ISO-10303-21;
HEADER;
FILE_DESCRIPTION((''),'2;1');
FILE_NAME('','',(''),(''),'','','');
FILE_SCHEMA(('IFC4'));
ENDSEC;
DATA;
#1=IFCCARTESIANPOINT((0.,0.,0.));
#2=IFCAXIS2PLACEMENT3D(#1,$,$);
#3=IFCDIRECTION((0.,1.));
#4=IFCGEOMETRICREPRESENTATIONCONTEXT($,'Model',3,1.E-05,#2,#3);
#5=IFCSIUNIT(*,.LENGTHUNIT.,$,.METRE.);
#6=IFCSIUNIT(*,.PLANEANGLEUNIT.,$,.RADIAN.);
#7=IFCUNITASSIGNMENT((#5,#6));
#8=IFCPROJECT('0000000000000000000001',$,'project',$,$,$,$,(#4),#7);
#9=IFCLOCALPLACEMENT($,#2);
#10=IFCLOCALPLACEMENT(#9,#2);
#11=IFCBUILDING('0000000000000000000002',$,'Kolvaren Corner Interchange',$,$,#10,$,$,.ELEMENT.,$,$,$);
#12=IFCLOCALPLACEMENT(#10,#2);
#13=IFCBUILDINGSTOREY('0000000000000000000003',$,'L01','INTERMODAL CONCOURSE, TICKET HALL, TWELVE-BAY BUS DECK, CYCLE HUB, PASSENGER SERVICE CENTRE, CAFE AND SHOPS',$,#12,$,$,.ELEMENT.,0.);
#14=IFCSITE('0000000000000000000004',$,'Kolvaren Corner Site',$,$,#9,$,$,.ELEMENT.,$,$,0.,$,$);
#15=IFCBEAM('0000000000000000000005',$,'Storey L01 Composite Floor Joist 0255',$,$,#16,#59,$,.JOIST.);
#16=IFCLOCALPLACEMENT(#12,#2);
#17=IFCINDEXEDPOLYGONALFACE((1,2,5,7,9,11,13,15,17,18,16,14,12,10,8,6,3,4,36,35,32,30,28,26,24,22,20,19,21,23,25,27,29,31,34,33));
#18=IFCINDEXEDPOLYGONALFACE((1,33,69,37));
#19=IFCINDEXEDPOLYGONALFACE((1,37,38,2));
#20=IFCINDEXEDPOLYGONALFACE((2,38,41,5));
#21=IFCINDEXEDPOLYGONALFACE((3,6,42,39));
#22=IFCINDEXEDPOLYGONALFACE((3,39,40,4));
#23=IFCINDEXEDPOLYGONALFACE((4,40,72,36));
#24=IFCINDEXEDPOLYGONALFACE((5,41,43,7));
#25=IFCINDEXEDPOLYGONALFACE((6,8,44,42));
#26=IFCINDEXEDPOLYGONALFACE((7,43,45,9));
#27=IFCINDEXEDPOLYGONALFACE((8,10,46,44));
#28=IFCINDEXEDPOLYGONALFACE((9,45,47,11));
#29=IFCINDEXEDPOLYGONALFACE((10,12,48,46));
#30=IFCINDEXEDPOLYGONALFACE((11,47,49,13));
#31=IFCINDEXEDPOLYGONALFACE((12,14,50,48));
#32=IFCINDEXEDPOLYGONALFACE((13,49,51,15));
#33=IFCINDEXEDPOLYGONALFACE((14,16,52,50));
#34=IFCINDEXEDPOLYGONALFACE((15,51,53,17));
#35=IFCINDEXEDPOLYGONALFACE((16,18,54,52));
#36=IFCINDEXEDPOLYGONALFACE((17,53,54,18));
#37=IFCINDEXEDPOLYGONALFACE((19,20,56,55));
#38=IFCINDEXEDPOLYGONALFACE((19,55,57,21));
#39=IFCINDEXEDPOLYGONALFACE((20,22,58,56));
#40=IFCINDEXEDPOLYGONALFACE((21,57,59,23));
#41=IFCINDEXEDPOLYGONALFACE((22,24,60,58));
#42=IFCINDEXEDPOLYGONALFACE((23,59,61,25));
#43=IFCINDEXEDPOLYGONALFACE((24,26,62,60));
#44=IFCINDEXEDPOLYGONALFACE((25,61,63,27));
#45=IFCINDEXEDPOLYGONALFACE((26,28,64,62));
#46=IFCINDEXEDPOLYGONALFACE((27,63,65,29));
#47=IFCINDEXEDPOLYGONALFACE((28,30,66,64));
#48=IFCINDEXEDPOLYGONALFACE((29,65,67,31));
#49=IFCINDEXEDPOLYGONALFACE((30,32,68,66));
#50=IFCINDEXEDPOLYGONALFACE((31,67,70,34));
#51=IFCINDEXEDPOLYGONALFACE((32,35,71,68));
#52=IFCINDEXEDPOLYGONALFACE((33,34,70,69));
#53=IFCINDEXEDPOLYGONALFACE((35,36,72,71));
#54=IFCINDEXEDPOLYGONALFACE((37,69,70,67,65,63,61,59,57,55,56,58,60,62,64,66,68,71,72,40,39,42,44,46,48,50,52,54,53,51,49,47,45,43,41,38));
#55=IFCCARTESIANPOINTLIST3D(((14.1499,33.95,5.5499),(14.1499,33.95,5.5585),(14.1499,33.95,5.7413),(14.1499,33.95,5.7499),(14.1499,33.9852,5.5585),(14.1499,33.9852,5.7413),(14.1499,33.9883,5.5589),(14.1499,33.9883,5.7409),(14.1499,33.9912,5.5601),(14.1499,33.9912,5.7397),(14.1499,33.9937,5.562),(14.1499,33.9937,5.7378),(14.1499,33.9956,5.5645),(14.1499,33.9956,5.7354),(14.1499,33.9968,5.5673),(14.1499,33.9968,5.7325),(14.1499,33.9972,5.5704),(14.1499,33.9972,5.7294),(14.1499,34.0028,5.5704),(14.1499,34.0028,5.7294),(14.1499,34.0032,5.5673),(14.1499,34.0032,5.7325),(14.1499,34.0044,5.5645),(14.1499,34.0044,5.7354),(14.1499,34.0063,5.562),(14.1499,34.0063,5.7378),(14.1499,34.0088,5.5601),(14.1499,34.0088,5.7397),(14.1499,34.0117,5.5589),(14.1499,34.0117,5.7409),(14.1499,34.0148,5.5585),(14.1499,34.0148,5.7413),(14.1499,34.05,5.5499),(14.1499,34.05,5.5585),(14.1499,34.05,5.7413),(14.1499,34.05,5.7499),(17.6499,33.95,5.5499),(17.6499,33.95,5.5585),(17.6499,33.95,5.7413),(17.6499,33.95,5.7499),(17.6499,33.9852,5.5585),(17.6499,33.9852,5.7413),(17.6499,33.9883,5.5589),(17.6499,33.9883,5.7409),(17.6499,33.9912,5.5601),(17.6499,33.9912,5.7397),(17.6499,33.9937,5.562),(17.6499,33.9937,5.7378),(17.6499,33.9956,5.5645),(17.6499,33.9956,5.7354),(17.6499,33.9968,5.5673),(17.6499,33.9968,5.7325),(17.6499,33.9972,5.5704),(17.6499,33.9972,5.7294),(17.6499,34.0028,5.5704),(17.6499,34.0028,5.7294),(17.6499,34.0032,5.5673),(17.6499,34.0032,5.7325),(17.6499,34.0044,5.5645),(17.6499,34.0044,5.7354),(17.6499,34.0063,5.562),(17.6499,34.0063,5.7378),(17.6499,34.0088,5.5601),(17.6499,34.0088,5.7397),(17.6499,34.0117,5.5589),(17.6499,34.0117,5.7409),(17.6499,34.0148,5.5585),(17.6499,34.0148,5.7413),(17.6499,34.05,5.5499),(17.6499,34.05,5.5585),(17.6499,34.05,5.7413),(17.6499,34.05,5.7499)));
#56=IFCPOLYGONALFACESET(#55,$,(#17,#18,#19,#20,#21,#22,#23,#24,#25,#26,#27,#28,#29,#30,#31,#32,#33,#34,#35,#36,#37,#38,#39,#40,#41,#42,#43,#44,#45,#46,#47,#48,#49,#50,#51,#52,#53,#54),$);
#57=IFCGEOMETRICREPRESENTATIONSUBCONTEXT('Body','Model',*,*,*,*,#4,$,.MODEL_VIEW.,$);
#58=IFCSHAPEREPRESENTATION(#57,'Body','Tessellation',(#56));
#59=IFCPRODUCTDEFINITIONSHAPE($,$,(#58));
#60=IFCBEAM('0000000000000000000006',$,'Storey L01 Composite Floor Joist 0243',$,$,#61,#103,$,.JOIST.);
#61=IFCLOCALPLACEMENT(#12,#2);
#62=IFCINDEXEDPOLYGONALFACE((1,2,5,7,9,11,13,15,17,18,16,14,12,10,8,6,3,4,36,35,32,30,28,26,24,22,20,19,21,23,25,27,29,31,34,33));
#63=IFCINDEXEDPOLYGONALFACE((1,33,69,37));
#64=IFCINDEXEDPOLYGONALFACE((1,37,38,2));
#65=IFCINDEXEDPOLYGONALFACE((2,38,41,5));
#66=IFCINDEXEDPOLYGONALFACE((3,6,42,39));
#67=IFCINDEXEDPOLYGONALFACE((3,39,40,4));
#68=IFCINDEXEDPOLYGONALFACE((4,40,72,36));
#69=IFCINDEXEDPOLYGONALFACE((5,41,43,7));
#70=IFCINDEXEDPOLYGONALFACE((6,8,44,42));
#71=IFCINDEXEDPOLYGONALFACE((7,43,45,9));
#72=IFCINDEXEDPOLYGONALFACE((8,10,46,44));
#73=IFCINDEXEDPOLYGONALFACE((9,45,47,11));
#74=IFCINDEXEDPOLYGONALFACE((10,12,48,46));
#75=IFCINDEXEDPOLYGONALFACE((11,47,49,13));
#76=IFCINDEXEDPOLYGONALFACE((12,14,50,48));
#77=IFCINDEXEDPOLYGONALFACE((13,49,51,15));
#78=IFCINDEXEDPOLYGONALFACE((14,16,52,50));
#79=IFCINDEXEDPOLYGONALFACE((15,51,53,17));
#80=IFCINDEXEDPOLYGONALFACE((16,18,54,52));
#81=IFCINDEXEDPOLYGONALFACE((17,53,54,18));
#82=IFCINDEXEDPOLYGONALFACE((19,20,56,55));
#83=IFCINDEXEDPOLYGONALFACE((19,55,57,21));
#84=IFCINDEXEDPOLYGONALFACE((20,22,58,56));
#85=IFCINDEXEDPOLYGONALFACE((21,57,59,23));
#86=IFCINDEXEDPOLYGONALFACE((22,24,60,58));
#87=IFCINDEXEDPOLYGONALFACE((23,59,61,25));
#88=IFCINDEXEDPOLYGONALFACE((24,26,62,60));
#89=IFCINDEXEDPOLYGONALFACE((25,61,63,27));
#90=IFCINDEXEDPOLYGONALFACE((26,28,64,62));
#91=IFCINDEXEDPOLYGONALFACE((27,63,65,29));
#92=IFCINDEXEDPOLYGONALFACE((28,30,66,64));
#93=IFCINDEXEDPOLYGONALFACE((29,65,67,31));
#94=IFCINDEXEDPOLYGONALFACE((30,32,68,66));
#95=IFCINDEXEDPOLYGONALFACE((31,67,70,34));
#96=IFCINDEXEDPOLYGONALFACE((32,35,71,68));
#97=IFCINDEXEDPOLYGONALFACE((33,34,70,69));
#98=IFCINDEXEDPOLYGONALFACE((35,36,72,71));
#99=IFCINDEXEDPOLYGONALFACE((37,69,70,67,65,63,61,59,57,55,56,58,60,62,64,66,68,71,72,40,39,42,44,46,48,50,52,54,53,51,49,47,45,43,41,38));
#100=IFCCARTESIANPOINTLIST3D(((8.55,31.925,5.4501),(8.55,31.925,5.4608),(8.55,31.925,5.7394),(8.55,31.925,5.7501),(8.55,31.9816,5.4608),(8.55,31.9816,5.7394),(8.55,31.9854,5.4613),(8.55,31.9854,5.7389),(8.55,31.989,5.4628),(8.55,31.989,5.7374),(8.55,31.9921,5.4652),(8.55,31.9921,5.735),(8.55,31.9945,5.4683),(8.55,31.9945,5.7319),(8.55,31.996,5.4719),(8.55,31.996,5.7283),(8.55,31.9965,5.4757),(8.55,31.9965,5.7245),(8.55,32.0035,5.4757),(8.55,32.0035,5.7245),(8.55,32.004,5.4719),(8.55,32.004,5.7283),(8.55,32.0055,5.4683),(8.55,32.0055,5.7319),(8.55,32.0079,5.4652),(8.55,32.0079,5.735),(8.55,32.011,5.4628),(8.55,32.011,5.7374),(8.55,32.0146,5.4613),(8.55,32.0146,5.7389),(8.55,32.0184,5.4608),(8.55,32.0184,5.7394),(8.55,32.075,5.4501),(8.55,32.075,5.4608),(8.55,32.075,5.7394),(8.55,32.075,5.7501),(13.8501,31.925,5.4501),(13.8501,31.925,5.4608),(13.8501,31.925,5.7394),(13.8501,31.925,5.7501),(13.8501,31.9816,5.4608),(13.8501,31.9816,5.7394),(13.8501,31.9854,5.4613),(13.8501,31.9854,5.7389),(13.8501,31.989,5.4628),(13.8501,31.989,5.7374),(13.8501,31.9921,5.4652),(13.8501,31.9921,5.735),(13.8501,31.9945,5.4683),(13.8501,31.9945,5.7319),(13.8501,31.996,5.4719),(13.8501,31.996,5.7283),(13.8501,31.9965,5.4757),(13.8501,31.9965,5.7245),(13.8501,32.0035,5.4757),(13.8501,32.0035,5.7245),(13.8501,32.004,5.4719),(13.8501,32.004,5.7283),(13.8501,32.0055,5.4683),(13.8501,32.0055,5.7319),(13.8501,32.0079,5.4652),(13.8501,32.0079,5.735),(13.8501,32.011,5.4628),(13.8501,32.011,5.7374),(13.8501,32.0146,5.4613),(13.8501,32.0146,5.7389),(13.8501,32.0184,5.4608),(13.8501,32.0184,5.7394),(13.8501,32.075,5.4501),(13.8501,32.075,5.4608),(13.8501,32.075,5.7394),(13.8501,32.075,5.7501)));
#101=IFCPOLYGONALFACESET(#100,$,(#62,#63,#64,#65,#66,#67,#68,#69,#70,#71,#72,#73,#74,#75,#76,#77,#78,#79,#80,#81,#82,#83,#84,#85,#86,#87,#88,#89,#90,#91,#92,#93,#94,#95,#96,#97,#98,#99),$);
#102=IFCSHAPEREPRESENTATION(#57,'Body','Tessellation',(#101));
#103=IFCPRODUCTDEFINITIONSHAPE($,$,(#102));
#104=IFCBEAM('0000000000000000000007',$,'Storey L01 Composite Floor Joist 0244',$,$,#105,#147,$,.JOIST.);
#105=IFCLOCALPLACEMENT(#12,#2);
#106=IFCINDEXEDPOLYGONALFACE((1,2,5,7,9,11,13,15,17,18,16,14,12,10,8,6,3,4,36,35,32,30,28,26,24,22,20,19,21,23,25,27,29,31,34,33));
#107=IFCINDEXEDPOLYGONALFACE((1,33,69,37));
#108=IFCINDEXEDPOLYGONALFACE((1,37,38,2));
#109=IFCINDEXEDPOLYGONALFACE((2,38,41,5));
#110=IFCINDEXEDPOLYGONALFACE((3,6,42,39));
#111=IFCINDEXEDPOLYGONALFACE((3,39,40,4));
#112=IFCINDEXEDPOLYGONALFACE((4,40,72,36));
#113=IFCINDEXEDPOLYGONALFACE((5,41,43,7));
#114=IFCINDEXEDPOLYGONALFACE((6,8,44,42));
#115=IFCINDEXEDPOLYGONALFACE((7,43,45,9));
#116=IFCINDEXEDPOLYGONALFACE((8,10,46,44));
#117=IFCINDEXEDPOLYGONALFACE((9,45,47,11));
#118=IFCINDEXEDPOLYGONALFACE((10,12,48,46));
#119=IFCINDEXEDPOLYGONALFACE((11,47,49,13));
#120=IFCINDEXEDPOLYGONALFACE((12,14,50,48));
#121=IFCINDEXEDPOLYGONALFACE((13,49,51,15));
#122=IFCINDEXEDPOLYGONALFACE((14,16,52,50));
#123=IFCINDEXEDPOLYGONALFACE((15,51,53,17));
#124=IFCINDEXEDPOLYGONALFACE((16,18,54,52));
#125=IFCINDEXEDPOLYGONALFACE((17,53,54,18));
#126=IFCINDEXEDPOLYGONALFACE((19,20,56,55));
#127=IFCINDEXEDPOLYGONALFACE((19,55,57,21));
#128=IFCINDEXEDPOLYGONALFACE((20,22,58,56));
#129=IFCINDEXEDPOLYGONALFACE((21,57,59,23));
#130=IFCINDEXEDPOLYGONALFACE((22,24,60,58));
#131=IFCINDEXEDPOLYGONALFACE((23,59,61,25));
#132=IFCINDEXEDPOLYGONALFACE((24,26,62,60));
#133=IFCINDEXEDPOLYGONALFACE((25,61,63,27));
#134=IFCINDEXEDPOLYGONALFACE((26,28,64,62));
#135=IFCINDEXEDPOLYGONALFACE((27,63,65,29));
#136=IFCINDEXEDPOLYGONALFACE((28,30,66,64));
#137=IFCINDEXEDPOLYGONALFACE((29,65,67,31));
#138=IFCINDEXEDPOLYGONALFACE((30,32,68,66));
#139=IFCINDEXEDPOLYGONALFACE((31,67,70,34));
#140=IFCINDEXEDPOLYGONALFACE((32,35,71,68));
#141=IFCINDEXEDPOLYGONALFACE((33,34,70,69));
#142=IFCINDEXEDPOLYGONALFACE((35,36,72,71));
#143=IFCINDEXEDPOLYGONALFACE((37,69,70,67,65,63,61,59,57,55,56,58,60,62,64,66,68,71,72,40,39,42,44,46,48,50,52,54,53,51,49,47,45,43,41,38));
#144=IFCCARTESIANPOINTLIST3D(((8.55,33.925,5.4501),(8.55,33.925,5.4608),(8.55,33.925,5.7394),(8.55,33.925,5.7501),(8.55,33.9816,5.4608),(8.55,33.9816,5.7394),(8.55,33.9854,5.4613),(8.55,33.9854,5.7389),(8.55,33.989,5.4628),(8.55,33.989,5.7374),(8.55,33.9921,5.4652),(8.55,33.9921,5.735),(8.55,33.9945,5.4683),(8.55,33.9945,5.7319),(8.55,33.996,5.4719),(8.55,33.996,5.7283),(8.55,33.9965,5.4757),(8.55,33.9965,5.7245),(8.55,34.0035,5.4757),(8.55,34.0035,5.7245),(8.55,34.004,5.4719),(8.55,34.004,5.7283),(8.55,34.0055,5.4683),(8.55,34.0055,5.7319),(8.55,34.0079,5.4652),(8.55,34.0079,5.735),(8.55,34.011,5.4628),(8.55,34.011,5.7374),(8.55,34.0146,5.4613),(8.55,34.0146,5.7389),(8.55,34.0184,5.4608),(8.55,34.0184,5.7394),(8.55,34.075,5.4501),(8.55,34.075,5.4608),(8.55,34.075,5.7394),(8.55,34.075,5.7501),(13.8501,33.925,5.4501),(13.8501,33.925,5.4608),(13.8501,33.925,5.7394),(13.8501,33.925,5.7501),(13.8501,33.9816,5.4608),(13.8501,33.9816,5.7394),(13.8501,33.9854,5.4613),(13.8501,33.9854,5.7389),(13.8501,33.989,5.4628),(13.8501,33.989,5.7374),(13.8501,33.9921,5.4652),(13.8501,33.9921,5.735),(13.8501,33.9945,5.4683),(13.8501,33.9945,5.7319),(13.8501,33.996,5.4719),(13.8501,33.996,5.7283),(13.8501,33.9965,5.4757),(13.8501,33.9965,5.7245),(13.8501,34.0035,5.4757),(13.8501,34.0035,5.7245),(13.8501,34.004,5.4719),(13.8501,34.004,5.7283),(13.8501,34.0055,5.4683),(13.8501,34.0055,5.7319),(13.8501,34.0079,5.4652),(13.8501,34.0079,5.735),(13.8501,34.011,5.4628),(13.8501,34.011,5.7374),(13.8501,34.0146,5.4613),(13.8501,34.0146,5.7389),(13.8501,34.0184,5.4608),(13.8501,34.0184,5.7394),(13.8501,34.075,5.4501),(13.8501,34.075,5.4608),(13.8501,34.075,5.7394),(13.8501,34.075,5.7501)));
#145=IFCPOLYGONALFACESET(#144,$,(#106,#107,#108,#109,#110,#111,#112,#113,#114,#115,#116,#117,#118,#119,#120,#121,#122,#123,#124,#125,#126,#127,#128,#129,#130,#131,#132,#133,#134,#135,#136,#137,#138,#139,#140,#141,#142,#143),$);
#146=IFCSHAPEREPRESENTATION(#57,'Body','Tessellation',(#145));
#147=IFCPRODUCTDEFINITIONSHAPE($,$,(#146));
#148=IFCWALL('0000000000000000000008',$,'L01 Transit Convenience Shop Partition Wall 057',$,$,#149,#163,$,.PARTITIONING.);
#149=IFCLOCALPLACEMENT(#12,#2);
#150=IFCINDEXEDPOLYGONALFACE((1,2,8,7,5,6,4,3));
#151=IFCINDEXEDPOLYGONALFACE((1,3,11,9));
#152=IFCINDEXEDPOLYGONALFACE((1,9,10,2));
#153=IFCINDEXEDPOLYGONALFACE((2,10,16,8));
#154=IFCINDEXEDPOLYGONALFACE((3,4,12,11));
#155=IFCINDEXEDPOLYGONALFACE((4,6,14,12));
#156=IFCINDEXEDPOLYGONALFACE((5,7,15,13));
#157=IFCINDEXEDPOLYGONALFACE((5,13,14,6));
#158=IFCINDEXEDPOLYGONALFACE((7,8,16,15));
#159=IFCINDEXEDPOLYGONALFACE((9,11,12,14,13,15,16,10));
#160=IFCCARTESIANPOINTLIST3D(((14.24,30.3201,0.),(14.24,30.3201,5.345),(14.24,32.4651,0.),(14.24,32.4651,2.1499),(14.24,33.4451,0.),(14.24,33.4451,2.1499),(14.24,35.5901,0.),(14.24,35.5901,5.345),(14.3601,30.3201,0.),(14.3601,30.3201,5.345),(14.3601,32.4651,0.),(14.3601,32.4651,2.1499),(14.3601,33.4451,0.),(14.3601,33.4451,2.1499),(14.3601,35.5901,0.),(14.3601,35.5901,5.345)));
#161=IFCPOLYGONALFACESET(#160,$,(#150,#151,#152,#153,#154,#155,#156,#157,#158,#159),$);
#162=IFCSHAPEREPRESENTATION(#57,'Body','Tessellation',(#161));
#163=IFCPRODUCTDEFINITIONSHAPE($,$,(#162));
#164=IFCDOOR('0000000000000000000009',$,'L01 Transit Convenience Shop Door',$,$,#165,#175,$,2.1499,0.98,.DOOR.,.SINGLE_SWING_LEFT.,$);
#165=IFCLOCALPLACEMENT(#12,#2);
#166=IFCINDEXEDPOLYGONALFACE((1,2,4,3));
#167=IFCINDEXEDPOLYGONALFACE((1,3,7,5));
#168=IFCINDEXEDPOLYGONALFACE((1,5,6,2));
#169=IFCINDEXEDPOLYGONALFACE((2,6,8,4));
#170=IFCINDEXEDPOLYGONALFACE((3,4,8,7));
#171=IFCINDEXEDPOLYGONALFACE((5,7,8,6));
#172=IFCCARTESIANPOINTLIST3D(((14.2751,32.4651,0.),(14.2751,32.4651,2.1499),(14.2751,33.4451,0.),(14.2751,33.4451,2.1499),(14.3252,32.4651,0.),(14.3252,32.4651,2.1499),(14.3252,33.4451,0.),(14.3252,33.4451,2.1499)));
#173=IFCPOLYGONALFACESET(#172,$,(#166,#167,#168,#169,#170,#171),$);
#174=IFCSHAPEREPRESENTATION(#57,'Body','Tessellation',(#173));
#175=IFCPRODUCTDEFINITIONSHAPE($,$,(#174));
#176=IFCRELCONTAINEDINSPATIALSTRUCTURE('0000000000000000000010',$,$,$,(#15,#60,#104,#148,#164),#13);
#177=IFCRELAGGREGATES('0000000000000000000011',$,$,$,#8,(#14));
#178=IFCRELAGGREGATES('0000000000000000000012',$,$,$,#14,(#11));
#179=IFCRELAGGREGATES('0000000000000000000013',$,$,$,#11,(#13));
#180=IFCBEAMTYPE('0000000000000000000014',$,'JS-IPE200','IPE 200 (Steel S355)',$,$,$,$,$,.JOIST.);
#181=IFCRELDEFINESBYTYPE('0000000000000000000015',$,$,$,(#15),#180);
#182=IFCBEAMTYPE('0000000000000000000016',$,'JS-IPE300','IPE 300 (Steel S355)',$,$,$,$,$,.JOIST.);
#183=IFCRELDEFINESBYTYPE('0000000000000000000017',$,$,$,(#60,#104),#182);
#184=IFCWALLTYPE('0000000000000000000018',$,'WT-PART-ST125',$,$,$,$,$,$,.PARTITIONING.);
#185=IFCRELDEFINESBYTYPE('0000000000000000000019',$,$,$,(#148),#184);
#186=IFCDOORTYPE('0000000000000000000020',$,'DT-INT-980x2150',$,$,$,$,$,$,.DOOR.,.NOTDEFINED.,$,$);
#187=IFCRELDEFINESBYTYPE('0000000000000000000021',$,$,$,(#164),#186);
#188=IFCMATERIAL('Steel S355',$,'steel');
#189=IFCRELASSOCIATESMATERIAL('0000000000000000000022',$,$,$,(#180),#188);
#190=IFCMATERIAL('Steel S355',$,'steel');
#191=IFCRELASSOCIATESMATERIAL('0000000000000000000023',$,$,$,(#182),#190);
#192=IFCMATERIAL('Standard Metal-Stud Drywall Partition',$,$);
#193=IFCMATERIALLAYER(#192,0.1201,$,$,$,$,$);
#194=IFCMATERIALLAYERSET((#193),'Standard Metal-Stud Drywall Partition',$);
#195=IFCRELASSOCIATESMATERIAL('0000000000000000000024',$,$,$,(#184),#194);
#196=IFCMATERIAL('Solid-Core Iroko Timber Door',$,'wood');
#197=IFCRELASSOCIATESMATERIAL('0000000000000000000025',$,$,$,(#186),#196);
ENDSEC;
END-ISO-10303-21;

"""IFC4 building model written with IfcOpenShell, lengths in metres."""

from ifc_helpers import new_model, si_unit, direction, frame, frame_2d, origin, origin_2d, place, context, subcontext, project, spatial, rectangle, i_section, extrude, material, layer, layer_set, material_profile, profile_set, type_object, element, fill, save


model = new_model("IFC4")

# Units and contexts
model_context = context("Model", 3, precision=1e-05, world=origin(), true_north=direction((0.0, 1.0)))
body_context = subcontext(model_context, "Body", "Model", "MODEL_VIEW")
ifc_project = project(units=[si_unit("LENGTHUNIT", "METRE"), si_unit("PLANEANGLEUNIT", "RADIAN")], contexts=[model_context])

# Site, building, storey
site_placement = place(None, origin())
site = spatial("IfcSite", under=ifc_project, at=site_placement, Name="Kolvaren Corner Site", CompositionType="ELEMENT", RefElevation=0.0)
building_placement = place(site_placement, origin())
building = spatial("IfcBuilding", under=site, at=building_placement, Name="Kolvaren Corner Interchange", CompositionType="ELEMENT")
storey_placement = place(building_placement, origin())
storey = spatial("IfcBuildingStorey", under=building, at=storey_placement, Name="L01", Description="INTERMODAL CONCOURSE, TICKET HALL, TWELVE-BAY BUS DECK, CYCLE HUB, PASSENGER SERVICE CENTRE, CAFE AND SHOPS", CompositionType="ELEMENT", Elevation=0.0)

# Beams
ifc_material_1 = material(Name="Steel S355", Category="steel")
ifc_material_profile_1 = material_profile(ifc_material_1, i_section(OverallWidth=0.1001, OverallDepth=0.2, WebThickness=0.0056, FlangeThickness=0.0085, FilletRadius=0.012, at=origin_2d()), Name="IPE 200")
ifc_profile_set_1 = profile_set([ifc_material_profile_1], Name="Steel S355")
beam_type_1 = type_object("IfcBeamType", Name="JS-IPE200", Description="IPE 200 (Steel S355)", PredefinedType="JOIST", material=ifc_profile_set_1)
for number, where, z_axis, x_axis, name in (
    (1, (14.1499, 34.0, 5.6499), (1.0, 0.0, 0.0), (0.0, 1.0, 0.0), "Storey L01 Composite Floor Joist 0255"),
):
    element("IfcBeam", number, at=place(storey_placement, frame(where, z_axis=z_axis, x_axis=x_axis)), inside=storey, type_object=beam_type_1, Name=name, PredefinedType="JOIST", context=body_context, shape_type="SweptSolid", body=[
        extrude(i_section(OverallWidth=0.1001, OverallDepth=0.2, WebThickness=0.0056, FlangeThickness=0.0085, FilletRadius=0.012, at=origin_2d()), origin(), (0.0, 0.0, 1.0), 3.5),
    ])
ifc_material_2 = material(Name="Steel S355", Category="steel")
ifc_material_profile_2 = material_profile(ifc_material_2, i_section(OverallWidth=0.1499, OverallDepth=0.3, WebThickness=0.0071, FlangeThickness=0.0107, FilletRadius=0.0149, at=origin_2d()), Name="IPE 300")
ifc_profile_set_2 = profile_set([ifc_material_profile_2], Name="Steel S355")
beam_type_2 = type_object("IfcBeamType", Name="JS-IPE300", Description="IPE 300 (Steel S355)", PredefinedType="JOIST", material=ifc_profile_set_2)
for number, where, z_axis, x_axis, name in (
    (2, (8.55, 32.0, 5.6001), (1.0, 0.0, 0.0), (0.0, 1.0, 0.0), "Storey L01 Composite Floor Joist 0243"),
    (3, (8.55, 34.0, 5.6001), (1.0, 0.0, 0.0), (0.0, 1.0, 0.0), "Storey L01 Composite Floor Joist 0244"),
):
    element("IfcBeam", number, at=place(storey_placement, frame(where, z_axis=z_axis, x_axis=x_axis)), inside=storey, type_object=beam_type_2, Name=name, PredefinedType="JOIST", context=body_context, shape_type="SweptSolid", body=[
        extrude(i_section(OverallWidth=0.1499, OverallDepth=0.3, WebThickness=0.0071, FlangeThickness=0.0107, FilletRadius=0.0149, at=origin_2d()), origin(), (0.0, 0.0, 1.0), 5.3),
    ])

# Wall, opening, door
ifc_material_3 = material(Name="Standard Metal-Stud Drywall Partition")
ifc_layer = layer(ifc_material_3, 0.1201)
ifc_layer_set = layer_set([ifc_layer], Name="Standard Metal-Stud Drywall Partition")
wall_type = type_object("IfcWallType", Name="WT-PART-ST125", PredefinedType="PARTITIONING", material=ifc_layer_set)
wall_placement = place(storey_placement, frame((14.3, 30.3201, 0.0), z_axis=(0.0, 0.0, 1.0), x_axis=(0.0, 1.0, 0.0)))
wall = element("IfcWall", 4, at=wall_placement, inside=storey, type_object=wall_type, Name="L01 Transit Convenience Shop Partition Wall 057", PredefinedType="PARTITIONING", context=body_context, shape_type="SweptSolid", body=[
    extrude(rectangle(XDim=5.27, YDim=0.1201, at=frame_2d((2.635, 0.0))), origin(), (0.0, 0.0, 1.0), 5.345),
])
opening_placement = place(wall_placement, frame((2.145, 0.0, 0.0)))
opening = element("IfcOpeningElement", 5, at=opening_placement, cuts=wall, PredefinedType="OPENING", context=body_context, shape_type="SweptSolid", body=[
    extrude(rectangle(XDim=0.98, YDim=2.1499, at=frame_2d((0.49, 1.075))), frame((0.0, 0.0701, 0.0), z_axis=(0.0, -1.0, 0.0), x_axis=(1.0, 0.0, 0.0)), (0.0, 0.0, 1.0), 0.1401),
])
ifc_material_4 = material(Name="Solid-Core Iroko Timber Door", Category="wood")
door_type = type_object("IfcDoorType", Name="DT-INT-980x2150", OperationType="NOTDEFINED", PredefinedType="DOOR", material=ifc_material_4)
door_placement = place(opening_placement, origin())
door = element("IfcDoor", 6, at=door_placement, inside=storey, type_object=door_type, Name="L01 Transit Convenience Shop Door", OperationType="SINGLE_SWING_LEFT", OverallHeight=2.1499, OverallWidth=0.98, PredefinedType="DOOR", context=body_context, shape_type="SweptSolid", body=[
    extrude(rectangle(XDim=0.98, YDim=2.1499, at=frame_2d((0.49, 1.075))), frame((0.0, 0.0249, 0.0), z_axis=(0.0, -1.0, 0.0), x_axis=(1.0, 0.0, 0.0)), (0.0, 0.0, 1.0), 0.05),
])
fill(opening, door)

save(model, "model.ifc")
